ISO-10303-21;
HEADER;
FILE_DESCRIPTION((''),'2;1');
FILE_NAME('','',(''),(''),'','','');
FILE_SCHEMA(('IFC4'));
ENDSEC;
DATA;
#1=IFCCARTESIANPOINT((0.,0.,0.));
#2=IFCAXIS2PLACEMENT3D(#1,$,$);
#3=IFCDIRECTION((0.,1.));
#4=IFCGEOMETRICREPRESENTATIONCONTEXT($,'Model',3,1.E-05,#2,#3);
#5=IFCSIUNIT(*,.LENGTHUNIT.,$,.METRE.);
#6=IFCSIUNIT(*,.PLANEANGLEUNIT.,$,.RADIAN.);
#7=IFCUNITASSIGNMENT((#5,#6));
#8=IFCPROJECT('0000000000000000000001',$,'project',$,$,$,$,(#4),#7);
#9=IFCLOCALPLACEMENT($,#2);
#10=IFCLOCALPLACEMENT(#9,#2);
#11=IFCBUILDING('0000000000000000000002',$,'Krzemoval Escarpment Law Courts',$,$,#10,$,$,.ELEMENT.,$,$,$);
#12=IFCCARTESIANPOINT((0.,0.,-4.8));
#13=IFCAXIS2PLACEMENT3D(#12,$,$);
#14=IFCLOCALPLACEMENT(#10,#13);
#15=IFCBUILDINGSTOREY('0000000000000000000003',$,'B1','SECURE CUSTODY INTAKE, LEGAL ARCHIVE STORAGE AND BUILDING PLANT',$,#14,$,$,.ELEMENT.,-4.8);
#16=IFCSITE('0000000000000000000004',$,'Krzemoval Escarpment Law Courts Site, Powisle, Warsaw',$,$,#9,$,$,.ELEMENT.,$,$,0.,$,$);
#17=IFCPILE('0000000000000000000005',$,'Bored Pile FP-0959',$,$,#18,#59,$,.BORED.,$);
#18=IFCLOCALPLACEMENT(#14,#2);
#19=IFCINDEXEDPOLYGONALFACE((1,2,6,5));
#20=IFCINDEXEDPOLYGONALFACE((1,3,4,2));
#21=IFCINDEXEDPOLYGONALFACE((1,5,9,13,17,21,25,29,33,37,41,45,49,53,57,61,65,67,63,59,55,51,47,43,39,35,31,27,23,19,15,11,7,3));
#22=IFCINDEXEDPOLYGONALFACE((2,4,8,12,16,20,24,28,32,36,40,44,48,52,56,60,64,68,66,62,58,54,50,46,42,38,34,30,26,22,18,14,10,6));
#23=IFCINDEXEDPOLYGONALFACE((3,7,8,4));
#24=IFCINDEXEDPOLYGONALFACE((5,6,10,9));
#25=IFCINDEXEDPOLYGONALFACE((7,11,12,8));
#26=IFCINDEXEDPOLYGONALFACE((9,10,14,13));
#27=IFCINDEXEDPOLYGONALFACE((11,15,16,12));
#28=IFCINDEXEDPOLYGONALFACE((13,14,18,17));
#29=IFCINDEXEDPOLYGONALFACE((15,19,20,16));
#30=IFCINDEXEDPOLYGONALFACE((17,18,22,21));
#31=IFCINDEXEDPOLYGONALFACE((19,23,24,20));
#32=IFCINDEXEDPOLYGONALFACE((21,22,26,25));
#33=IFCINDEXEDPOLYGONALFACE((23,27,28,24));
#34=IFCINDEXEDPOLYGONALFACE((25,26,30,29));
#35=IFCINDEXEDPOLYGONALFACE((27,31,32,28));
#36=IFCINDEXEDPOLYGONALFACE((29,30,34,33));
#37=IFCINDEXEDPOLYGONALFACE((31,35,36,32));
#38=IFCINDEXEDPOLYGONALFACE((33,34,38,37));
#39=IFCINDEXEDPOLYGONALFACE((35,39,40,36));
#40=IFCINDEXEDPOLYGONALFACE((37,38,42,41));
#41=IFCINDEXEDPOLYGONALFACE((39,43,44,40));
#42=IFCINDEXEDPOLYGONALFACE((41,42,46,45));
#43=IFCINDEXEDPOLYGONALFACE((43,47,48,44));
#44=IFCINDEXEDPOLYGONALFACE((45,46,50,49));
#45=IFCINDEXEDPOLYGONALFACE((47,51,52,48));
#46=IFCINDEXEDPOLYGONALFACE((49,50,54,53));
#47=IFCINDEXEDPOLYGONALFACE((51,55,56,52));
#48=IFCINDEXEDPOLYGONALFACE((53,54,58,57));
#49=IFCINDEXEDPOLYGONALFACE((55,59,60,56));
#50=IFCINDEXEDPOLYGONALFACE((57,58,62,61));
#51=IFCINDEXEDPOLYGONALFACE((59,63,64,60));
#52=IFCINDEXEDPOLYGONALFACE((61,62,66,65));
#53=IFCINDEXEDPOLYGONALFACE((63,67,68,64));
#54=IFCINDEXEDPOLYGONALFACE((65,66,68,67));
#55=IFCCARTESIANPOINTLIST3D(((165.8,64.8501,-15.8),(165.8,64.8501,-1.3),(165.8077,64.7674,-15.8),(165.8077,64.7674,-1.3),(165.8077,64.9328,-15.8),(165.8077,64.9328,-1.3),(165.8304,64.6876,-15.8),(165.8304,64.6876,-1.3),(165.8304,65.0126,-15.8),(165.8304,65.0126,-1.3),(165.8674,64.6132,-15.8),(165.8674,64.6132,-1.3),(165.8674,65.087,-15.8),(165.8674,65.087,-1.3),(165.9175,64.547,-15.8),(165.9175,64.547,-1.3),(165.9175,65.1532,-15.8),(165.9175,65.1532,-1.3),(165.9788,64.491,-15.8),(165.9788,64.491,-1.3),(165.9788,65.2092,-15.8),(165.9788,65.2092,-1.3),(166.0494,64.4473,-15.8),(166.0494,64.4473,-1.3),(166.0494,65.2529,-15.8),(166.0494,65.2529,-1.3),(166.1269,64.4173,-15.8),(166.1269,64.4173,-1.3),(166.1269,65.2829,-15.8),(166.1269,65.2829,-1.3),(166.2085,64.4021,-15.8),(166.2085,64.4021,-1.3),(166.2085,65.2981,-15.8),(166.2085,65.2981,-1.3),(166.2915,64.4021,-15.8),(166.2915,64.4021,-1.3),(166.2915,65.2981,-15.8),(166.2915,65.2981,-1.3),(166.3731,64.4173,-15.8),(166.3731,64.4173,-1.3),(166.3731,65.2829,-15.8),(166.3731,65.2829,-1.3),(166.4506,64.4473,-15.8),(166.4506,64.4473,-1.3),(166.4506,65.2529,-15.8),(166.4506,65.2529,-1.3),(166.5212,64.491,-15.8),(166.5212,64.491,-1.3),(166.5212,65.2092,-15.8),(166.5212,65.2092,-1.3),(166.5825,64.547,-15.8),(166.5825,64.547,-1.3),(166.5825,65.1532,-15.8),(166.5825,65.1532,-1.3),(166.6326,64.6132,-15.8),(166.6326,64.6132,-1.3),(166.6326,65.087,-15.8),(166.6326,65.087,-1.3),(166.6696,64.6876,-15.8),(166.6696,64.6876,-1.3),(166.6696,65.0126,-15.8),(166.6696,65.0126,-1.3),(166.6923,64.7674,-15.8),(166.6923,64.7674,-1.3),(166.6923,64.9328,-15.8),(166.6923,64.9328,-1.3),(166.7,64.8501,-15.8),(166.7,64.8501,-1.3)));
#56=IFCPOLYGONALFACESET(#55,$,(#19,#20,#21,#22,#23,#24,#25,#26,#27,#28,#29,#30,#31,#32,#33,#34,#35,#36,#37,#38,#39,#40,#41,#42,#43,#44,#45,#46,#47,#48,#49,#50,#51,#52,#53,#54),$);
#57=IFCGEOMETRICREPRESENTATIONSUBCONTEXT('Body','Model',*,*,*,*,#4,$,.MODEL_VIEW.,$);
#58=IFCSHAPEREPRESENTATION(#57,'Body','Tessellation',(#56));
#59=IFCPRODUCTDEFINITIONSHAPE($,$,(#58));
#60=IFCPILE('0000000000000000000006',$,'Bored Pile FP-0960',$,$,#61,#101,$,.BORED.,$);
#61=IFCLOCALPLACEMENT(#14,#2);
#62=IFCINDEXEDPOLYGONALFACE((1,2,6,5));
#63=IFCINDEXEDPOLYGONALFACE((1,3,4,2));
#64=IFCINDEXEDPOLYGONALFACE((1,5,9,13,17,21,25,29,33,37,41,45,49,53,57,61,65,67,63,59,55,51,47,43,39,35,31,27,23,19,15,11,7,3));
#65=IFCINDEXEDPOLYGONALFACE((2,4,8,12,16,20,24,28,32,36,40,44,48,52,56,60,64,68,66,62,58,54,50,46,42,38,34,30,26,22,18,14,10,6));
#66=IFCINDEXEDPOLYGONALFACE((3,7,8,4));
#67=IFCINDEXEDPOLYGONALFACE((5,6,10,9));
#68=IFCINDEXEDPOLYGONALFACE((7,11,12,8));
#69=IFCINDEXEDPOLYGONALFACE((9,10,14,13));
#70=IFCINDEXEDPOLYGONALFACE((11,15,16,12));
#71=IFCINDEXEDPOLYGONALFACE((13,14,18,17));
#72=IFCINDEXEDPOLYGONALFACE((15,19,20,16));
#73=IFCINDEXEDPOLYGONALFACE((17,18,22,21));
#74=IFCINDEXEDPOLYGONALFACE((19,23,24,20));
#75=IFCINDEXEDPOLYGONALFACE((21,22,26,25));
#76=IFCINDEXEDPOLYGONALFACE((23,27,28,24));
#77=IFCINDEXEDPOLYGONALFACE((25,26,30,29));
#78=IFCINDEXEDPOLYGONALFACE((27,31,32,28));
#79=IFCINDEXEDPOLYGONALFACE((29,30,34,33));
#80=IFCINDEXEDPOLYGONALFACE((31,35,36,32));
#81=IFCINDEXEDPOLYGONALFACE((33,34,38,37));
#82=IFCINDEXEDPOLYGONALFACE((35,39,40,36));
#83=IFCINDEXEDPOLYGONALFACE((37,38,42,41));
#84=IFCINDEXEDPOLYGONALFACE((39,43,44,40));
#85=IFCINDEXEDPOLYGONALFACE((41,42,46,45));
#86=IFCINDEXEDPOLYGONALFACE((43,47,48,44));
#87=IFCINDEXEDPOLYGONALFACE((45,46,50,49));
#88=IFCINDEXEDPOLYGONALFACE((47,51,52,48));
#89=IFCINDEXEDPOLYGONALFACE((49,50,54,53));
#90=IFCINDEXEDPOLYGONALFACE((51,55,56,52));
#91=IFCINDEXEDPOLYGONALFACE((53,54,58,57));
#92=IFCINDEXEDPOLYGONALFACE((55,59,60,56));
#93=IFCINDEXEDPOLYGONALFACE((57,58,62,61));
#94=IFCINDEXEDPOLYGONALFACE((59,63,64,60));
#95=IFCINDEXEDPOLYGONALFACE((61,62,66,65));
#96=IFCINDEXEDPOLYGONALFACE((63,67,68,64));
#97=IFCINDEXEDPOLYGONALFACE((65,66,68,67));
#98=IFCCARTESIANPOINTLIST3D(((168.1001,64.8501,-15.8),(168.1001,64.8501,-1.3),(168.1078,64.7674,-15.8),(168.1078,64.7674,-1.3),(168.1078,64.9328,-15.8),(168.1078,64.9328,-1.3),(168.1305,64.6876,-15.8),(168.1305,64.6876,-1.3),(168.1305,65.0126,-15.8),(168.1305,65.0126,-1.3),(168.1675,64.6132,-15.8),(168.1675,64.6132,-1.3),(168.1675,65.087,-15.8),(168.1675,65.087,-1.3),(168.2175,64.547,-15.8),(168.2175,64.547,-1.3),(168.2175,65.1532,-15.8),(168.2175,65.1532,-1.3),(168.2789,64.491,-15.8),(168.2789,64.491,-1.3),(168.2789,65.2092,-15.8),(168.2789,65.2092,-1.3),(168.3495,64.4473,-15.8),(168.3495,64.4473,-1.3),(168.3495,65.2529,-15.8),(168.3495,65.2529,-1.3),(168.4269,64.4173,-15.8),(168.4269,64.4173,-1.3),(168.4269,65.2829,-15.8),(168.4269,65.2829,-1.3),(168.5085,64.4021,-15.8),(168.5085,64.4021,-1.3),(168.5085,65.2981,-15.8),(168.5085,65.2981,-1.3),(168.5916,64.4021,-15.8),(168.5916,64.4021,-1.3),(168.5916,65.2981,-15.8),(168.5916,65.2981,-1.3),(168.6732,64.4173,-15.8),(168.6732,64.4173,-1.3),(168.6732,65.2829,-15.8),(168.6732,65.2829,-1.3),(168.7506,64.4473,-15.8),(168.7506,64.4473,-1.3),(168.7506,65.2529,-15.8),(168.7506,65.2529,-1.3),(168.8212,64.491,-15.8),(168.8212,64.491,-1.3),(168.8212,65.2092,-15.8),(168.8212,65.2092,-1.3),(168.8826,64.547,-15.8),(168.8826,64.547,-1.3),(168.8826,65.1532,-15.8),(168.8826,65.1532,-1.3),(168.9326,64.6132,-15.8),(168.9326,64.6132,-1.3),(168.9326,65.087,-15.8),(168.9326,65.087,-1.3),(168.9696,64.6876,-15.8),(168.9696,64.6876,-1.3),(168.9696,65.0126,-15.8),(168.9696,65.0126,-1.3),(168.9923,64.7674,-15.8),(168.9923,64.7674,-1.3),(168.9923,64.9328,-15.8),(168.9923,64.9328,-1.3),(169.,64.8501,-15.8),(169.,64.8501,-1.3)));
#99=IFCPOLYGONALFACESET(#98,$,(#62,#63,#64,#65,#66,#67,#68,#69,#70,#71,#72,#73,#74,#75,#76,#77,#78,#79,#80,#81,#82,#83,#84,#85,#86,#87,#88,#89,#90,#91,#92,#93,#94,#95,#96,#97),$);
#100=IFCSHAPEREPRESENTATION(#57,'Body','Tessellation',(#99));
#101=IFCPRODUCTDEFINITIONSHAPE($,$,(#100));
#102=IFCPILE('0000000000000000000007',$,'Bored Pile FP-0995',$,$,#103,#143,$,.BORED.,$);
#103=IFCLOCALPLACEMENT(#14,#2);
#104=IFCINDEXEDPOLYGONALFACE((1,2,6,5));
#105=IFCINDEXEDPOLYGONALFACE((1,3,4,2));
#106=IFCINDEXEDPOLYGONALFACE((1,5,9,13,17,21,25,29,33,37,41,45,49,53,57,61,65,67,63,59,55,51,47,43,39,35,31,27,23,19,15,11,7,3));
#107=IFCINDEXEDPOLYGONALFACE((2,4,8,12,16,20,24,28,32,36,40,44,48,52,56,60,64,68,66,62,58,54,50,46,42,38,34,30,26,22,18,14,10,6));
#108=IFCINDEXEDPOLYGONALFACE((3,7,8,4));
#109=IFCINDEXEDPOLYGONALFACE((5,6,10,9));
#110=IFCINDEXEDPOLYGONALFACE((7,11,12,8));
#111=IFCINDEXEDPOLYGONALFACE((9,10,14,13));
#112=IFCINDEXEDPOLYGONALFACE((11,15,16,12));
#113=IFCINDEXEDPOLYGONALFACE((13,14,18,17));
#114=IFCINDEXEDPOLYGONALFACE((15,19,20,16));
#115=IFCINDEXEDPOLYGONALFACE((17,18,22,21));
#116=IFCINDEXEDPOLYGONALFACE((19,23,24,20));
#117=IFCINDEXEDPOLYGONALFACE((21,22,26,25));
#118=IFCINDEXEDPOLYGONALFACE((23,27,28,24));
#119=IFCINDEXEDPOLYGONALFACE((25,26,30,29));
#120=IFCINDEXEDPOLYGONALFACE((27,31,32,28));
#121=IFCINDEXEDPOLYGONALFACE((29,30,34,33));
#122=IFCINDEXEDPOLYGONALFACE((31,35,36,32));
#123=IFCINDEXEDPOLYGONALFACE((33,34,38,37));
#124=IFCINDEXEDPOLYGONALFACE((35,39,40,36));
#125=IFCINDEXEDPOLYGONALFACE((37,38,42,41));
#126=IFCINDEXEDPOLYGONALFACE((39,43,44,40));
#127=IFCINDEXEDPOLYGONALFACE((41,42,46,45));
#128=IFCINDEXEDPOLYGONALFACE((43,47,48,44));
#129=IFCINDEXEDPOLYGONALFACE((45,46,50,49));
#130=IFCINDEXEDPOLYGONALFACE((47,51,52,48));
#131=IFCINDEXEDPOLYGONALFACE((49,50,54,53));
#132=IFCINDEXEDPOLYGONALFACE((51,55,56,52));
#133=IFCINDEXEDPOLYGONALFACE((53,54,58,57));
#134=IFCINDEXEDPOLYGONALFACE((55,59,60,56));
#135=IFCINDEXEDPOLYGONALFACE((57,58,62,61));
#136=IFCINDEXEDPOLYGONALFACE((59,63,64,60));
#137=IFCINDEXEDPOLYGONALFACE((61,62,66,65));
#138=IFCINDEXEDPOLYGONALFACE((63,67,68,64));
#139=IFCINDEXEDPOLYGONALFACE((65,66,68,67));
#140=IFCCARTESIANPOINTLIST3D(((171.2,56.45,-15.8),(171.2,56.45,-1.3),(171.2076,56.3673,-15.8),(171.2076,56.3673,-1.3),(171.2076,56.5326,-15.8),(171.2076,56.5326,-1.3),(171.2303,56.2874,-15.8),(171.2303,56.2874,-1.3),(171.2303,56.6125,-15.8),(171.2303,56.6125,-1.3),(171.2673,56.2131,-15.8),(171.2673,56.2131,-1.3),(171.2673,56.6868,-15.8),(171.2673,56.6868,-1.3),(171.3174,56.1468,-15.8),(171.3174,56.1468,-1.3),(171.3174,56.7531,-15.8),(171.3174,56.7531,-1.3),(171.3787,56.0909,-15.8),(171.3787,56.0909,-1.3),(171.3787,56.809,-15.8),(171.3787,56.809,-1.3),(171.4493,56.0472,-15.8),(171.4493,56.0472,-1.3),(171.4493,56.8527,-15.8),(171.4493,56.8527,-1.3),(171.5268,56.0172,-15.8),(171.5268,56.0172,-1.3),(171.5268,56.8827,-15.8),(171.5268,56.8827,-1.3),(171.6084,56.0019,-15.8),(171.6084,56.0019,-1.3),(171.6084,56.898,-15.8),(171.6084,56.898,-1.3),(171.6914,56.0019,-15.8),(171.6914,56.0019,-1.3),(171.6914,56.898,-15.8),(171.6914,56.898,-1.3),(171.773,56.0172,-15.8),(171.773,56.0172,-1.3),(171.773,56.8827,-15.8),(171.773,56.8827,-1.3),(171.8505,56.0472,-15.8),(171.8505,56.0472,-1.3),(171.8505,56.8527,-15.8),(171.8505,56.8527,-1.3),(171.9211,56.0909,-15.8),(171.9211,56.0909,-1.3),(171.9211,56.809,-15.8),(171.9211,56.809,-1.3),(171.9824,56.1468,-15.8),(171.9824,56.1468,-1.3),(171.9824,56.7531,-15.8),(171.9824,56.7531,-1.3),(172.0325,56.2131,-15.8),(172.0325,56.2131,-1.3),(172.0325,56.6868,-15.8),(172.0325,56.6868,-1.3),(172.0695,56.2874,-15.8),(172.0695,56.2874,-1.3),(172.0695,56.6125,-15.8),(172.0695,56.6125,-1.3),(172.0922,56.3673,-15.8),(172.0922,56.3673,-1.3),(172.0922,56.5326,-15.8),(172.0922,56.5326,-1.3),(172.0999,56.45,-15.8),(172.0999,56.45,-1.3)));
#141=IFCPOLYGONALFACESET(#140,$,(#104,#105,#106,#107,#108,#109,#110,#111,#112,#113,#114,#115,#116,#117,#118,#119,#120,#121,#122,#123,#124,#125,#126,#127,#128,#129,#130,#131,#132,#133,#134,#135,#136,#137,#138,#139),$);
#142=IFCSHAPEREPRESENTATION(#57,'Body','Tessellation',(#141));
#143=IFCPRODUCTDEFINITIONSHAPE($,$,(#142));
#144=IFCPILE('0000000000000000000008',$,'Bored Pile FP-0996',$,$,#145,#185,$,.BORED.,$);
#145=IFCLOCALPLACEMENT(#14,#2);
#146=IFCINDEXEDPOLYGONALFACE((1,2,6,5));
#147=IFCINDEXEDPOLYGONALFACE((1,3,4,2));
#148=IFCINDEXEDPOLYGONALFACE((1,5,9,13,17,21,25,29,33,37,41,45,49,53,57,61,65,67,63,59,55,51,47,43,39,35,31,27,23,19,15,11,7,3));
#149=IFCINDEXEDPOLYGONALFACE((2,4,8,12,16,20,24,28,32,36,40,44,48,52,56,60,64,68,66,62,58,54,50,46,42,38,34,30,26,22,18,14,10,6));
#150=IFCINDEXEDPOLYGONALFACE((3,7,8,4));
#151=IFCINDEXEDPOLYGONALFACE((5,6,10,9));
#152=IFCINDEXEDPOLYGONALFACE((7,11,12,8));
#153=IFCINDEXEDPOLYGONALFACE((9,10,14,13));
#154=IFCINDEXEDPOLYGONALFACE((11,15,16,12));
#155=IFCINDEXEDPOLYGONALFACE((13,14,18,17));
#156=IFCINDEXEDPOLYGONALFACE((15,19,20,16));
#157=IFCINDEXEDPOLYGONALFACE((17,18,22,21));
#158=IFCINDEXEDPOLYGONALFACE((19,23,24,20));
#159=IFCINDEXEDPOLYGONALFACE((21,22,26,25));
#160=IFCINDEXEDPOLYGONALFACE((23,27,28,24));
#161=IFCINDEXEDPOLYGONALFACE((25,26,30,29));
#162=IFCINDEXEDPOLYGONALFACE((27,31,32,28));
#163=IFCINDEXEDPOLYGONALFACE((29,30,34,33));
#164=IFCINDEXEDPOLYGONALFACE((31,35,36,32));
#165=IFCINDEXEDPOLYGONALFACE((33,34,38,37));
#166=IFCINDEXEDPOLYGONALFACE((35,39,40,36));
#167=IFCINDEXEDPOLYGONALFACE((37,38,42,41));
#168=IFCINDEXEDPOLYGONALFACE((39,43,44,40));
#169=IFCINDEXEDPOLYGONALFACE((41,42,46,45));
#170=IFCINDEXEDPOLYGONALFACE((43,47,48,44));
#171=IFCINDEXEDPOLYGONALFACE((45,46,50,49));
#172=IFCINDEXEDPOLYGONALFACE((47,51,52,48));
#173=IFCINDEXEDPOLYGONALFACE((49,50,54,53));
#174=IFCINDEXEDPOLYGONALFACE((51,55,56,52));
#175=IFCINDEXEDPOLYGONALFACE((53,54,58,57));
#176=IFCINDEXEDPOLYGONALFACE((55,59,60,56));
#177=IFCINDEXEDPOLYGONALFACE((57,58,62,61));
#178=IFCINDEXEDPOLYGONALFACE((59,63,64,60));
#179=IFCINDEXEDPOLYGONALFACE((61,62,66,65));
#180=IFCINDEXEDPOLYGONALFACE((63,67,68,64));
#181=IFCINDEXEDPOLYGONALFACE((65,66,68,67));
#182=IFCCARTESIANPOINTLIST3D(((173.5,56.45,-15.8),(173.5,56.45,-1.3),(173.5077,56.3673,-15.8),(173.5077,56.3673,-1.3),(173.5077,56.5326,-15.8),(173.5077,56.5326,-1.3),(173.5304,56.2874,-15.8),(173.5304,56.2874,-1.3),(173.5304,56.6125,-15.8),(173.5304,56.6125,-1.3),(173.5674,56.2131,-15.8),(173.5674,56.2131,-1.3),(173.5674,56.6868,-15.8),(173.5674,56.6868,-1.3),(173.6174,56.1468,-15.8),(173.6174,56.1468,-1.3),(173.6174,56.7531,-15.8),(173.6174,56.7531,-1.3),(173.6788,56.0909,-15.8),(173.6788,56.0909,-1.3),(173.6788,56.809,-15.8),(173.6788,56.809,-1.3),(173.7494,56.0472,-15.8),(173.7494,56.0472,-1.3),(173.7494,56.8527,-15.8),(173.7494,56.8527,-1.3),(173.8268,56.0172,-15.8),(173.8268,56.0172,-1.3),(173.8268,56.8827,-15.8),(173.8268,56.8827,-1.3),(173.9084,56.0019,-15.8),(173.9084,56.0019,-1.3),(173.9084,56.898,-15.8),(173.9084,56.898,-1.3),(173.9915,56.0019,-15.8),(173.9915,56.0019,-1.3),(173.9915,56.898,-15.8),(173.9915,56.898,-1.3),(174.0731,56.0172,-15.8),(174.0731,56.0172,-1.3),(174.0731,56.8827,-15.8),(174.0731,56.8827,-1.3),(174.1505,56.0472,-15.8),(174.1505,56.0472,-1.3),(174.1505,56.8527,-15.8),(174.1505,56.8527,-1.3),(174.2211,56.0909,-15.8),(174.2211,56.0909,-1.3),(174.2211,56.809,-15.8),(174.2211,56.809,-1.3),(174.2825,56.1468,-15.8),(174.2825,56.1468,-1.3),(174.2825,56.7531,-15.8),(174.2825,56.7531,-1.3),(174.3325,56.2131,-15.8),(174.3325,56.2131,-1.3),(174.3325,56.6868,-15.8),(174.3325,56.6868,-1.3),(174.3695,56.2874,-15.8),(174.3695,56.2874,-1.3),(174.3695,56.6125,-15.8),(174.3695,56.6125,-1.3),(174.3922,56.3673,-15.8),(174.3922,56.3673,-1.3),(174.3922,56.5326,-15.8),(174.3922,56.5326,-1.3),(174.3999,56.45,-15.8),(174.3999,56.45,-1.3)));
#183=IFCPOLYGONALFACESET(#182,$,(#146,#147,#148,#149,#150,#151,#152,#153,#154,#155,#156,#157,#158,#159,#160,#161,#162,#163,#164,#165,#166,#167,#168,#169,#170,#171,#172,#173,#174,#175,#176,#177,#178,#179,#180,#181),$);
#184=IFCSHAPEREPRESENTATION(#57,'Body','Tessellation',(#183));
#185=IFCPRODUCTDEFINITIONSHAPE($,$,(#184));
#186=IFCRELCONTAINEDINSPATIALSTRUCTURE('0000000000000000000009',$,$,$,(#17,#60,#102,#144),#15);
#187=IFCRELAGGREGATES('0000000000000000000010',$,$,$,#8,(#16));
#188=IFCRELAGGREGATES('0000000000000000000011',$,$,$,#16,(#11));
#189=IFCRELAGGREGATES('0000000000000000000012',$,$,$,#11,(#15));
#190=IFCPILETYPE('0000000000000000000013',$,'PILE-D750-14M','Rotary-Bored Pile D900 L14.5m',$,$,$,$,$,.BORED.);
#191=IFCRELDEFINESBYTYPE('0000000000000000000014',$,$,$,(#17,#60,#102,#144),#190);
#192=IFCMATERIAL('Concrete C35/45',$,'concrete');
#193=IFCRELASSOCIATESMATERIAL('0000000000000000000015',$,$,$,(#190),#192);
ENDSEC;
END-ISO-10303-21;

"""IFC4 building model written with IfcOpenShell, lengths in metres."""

from ifc_helpers import new_model, si_unit, direction, frame, origin, origin_2d, place, context, subcontext, project, spatial, circle, extrude, material, material_profile, profile_set, type_object, element, save


model = new_model("IFC4")

# Units and contexts
model_context = context("Model", 3, precision=1e-05, world=origin(), true_north=direction((0.0, 1.0)))
body_context = subcontext(model_context, "Body", "Model", "MODEL_VIEW")
ifc_project = project(units=[si_unit("LENGTHUNIT", "METRE"), si_unit("PLANEANGLEUNIT", "RADIAN")], contexts=[model_context])

# Site, building, storey
site_placement = place(None, origin())
site = spatial("IfcSite", under=ifc_project, at=site_placement, Name="Krzemoval Escarpment Law Courts Site, Powisle, Warsaw", CompositionType="ELEMENT", RefElevation=0.0)
building_placement = place(site_placement, origin())
building = spatial("IfcBuilding", under=site, at=building_placement, Name="Krzemoval Escarpment Law Courts", CompositionType="ELEMENT")
storey_placement = place(building_placement, frame((0.0, 0.0, -4.8)))
storey = spatial("IfcBuildingStorey", under=building, at=storey_placement, Name="B1", Description="SECURE CUSTODY INTAKE, LEGAL ARCHIVE STORAGE AND BUILDING PLANT", CompositionType="ELEMENT", Elevation=-4.8)

# Piles
ifc_material_1 = material(Name="Concrete C35/45", Category="concrete")
ifc_material_profile_1 = material_profile(ifc_material_1, circle(Radius=0.45, at=origin_2d()), Name="PILE D900")
ifc_profile_set_1 = profile_set([ifc_material_profile_1], Name="Concrete C35/45")
pile_type = type_object("IfcPileType", Name="PILE-D750-14M", Description="Rotary-Bored Pile D900 L14.5m", PredefinedType="BORED", material=ifc_profile_set_1)
for number, where, z_axis, x_axis, name in (
    (1, (166.25, 64.8501, -1.3), (0.0, 0.0, -1.0), (1.0, 0.0, 0.0), "Bored Pile FP-0959"),
    (2, (168.55, 64.8501, -1.3), (0.0, 0.0, -1.0), (1.0, 0.0, 0.0), "Bored Pile FP-0960"),
    (3, (171.6499, 56.45, -1.3), (0.0, 0.0, -1.0), (1.0, 0.0, 0.0), "Bored Pile FP-0995"),
    (4, (173.95, 56.45, -1.3), (0.0, 0.0, -1.0), (1.0, 0.0, 0.0), "Bored Pile FP-0996"),
):
    element("IfcPile", number, at=place(storey_placement, frame(where, z_axis=z_axis, x_axis=x_axis)), inside=storey, type_object=pile_type, Name=name, PredefinedType="BORED", context=body_context, shape_type="SweptSolid", body=[
        extrude(circle(Radius=0.45, at=origin_2d()), origin(), (0.0, 0.0, 1.0), 14.5),
    ])

save(model, "model.ifc")
